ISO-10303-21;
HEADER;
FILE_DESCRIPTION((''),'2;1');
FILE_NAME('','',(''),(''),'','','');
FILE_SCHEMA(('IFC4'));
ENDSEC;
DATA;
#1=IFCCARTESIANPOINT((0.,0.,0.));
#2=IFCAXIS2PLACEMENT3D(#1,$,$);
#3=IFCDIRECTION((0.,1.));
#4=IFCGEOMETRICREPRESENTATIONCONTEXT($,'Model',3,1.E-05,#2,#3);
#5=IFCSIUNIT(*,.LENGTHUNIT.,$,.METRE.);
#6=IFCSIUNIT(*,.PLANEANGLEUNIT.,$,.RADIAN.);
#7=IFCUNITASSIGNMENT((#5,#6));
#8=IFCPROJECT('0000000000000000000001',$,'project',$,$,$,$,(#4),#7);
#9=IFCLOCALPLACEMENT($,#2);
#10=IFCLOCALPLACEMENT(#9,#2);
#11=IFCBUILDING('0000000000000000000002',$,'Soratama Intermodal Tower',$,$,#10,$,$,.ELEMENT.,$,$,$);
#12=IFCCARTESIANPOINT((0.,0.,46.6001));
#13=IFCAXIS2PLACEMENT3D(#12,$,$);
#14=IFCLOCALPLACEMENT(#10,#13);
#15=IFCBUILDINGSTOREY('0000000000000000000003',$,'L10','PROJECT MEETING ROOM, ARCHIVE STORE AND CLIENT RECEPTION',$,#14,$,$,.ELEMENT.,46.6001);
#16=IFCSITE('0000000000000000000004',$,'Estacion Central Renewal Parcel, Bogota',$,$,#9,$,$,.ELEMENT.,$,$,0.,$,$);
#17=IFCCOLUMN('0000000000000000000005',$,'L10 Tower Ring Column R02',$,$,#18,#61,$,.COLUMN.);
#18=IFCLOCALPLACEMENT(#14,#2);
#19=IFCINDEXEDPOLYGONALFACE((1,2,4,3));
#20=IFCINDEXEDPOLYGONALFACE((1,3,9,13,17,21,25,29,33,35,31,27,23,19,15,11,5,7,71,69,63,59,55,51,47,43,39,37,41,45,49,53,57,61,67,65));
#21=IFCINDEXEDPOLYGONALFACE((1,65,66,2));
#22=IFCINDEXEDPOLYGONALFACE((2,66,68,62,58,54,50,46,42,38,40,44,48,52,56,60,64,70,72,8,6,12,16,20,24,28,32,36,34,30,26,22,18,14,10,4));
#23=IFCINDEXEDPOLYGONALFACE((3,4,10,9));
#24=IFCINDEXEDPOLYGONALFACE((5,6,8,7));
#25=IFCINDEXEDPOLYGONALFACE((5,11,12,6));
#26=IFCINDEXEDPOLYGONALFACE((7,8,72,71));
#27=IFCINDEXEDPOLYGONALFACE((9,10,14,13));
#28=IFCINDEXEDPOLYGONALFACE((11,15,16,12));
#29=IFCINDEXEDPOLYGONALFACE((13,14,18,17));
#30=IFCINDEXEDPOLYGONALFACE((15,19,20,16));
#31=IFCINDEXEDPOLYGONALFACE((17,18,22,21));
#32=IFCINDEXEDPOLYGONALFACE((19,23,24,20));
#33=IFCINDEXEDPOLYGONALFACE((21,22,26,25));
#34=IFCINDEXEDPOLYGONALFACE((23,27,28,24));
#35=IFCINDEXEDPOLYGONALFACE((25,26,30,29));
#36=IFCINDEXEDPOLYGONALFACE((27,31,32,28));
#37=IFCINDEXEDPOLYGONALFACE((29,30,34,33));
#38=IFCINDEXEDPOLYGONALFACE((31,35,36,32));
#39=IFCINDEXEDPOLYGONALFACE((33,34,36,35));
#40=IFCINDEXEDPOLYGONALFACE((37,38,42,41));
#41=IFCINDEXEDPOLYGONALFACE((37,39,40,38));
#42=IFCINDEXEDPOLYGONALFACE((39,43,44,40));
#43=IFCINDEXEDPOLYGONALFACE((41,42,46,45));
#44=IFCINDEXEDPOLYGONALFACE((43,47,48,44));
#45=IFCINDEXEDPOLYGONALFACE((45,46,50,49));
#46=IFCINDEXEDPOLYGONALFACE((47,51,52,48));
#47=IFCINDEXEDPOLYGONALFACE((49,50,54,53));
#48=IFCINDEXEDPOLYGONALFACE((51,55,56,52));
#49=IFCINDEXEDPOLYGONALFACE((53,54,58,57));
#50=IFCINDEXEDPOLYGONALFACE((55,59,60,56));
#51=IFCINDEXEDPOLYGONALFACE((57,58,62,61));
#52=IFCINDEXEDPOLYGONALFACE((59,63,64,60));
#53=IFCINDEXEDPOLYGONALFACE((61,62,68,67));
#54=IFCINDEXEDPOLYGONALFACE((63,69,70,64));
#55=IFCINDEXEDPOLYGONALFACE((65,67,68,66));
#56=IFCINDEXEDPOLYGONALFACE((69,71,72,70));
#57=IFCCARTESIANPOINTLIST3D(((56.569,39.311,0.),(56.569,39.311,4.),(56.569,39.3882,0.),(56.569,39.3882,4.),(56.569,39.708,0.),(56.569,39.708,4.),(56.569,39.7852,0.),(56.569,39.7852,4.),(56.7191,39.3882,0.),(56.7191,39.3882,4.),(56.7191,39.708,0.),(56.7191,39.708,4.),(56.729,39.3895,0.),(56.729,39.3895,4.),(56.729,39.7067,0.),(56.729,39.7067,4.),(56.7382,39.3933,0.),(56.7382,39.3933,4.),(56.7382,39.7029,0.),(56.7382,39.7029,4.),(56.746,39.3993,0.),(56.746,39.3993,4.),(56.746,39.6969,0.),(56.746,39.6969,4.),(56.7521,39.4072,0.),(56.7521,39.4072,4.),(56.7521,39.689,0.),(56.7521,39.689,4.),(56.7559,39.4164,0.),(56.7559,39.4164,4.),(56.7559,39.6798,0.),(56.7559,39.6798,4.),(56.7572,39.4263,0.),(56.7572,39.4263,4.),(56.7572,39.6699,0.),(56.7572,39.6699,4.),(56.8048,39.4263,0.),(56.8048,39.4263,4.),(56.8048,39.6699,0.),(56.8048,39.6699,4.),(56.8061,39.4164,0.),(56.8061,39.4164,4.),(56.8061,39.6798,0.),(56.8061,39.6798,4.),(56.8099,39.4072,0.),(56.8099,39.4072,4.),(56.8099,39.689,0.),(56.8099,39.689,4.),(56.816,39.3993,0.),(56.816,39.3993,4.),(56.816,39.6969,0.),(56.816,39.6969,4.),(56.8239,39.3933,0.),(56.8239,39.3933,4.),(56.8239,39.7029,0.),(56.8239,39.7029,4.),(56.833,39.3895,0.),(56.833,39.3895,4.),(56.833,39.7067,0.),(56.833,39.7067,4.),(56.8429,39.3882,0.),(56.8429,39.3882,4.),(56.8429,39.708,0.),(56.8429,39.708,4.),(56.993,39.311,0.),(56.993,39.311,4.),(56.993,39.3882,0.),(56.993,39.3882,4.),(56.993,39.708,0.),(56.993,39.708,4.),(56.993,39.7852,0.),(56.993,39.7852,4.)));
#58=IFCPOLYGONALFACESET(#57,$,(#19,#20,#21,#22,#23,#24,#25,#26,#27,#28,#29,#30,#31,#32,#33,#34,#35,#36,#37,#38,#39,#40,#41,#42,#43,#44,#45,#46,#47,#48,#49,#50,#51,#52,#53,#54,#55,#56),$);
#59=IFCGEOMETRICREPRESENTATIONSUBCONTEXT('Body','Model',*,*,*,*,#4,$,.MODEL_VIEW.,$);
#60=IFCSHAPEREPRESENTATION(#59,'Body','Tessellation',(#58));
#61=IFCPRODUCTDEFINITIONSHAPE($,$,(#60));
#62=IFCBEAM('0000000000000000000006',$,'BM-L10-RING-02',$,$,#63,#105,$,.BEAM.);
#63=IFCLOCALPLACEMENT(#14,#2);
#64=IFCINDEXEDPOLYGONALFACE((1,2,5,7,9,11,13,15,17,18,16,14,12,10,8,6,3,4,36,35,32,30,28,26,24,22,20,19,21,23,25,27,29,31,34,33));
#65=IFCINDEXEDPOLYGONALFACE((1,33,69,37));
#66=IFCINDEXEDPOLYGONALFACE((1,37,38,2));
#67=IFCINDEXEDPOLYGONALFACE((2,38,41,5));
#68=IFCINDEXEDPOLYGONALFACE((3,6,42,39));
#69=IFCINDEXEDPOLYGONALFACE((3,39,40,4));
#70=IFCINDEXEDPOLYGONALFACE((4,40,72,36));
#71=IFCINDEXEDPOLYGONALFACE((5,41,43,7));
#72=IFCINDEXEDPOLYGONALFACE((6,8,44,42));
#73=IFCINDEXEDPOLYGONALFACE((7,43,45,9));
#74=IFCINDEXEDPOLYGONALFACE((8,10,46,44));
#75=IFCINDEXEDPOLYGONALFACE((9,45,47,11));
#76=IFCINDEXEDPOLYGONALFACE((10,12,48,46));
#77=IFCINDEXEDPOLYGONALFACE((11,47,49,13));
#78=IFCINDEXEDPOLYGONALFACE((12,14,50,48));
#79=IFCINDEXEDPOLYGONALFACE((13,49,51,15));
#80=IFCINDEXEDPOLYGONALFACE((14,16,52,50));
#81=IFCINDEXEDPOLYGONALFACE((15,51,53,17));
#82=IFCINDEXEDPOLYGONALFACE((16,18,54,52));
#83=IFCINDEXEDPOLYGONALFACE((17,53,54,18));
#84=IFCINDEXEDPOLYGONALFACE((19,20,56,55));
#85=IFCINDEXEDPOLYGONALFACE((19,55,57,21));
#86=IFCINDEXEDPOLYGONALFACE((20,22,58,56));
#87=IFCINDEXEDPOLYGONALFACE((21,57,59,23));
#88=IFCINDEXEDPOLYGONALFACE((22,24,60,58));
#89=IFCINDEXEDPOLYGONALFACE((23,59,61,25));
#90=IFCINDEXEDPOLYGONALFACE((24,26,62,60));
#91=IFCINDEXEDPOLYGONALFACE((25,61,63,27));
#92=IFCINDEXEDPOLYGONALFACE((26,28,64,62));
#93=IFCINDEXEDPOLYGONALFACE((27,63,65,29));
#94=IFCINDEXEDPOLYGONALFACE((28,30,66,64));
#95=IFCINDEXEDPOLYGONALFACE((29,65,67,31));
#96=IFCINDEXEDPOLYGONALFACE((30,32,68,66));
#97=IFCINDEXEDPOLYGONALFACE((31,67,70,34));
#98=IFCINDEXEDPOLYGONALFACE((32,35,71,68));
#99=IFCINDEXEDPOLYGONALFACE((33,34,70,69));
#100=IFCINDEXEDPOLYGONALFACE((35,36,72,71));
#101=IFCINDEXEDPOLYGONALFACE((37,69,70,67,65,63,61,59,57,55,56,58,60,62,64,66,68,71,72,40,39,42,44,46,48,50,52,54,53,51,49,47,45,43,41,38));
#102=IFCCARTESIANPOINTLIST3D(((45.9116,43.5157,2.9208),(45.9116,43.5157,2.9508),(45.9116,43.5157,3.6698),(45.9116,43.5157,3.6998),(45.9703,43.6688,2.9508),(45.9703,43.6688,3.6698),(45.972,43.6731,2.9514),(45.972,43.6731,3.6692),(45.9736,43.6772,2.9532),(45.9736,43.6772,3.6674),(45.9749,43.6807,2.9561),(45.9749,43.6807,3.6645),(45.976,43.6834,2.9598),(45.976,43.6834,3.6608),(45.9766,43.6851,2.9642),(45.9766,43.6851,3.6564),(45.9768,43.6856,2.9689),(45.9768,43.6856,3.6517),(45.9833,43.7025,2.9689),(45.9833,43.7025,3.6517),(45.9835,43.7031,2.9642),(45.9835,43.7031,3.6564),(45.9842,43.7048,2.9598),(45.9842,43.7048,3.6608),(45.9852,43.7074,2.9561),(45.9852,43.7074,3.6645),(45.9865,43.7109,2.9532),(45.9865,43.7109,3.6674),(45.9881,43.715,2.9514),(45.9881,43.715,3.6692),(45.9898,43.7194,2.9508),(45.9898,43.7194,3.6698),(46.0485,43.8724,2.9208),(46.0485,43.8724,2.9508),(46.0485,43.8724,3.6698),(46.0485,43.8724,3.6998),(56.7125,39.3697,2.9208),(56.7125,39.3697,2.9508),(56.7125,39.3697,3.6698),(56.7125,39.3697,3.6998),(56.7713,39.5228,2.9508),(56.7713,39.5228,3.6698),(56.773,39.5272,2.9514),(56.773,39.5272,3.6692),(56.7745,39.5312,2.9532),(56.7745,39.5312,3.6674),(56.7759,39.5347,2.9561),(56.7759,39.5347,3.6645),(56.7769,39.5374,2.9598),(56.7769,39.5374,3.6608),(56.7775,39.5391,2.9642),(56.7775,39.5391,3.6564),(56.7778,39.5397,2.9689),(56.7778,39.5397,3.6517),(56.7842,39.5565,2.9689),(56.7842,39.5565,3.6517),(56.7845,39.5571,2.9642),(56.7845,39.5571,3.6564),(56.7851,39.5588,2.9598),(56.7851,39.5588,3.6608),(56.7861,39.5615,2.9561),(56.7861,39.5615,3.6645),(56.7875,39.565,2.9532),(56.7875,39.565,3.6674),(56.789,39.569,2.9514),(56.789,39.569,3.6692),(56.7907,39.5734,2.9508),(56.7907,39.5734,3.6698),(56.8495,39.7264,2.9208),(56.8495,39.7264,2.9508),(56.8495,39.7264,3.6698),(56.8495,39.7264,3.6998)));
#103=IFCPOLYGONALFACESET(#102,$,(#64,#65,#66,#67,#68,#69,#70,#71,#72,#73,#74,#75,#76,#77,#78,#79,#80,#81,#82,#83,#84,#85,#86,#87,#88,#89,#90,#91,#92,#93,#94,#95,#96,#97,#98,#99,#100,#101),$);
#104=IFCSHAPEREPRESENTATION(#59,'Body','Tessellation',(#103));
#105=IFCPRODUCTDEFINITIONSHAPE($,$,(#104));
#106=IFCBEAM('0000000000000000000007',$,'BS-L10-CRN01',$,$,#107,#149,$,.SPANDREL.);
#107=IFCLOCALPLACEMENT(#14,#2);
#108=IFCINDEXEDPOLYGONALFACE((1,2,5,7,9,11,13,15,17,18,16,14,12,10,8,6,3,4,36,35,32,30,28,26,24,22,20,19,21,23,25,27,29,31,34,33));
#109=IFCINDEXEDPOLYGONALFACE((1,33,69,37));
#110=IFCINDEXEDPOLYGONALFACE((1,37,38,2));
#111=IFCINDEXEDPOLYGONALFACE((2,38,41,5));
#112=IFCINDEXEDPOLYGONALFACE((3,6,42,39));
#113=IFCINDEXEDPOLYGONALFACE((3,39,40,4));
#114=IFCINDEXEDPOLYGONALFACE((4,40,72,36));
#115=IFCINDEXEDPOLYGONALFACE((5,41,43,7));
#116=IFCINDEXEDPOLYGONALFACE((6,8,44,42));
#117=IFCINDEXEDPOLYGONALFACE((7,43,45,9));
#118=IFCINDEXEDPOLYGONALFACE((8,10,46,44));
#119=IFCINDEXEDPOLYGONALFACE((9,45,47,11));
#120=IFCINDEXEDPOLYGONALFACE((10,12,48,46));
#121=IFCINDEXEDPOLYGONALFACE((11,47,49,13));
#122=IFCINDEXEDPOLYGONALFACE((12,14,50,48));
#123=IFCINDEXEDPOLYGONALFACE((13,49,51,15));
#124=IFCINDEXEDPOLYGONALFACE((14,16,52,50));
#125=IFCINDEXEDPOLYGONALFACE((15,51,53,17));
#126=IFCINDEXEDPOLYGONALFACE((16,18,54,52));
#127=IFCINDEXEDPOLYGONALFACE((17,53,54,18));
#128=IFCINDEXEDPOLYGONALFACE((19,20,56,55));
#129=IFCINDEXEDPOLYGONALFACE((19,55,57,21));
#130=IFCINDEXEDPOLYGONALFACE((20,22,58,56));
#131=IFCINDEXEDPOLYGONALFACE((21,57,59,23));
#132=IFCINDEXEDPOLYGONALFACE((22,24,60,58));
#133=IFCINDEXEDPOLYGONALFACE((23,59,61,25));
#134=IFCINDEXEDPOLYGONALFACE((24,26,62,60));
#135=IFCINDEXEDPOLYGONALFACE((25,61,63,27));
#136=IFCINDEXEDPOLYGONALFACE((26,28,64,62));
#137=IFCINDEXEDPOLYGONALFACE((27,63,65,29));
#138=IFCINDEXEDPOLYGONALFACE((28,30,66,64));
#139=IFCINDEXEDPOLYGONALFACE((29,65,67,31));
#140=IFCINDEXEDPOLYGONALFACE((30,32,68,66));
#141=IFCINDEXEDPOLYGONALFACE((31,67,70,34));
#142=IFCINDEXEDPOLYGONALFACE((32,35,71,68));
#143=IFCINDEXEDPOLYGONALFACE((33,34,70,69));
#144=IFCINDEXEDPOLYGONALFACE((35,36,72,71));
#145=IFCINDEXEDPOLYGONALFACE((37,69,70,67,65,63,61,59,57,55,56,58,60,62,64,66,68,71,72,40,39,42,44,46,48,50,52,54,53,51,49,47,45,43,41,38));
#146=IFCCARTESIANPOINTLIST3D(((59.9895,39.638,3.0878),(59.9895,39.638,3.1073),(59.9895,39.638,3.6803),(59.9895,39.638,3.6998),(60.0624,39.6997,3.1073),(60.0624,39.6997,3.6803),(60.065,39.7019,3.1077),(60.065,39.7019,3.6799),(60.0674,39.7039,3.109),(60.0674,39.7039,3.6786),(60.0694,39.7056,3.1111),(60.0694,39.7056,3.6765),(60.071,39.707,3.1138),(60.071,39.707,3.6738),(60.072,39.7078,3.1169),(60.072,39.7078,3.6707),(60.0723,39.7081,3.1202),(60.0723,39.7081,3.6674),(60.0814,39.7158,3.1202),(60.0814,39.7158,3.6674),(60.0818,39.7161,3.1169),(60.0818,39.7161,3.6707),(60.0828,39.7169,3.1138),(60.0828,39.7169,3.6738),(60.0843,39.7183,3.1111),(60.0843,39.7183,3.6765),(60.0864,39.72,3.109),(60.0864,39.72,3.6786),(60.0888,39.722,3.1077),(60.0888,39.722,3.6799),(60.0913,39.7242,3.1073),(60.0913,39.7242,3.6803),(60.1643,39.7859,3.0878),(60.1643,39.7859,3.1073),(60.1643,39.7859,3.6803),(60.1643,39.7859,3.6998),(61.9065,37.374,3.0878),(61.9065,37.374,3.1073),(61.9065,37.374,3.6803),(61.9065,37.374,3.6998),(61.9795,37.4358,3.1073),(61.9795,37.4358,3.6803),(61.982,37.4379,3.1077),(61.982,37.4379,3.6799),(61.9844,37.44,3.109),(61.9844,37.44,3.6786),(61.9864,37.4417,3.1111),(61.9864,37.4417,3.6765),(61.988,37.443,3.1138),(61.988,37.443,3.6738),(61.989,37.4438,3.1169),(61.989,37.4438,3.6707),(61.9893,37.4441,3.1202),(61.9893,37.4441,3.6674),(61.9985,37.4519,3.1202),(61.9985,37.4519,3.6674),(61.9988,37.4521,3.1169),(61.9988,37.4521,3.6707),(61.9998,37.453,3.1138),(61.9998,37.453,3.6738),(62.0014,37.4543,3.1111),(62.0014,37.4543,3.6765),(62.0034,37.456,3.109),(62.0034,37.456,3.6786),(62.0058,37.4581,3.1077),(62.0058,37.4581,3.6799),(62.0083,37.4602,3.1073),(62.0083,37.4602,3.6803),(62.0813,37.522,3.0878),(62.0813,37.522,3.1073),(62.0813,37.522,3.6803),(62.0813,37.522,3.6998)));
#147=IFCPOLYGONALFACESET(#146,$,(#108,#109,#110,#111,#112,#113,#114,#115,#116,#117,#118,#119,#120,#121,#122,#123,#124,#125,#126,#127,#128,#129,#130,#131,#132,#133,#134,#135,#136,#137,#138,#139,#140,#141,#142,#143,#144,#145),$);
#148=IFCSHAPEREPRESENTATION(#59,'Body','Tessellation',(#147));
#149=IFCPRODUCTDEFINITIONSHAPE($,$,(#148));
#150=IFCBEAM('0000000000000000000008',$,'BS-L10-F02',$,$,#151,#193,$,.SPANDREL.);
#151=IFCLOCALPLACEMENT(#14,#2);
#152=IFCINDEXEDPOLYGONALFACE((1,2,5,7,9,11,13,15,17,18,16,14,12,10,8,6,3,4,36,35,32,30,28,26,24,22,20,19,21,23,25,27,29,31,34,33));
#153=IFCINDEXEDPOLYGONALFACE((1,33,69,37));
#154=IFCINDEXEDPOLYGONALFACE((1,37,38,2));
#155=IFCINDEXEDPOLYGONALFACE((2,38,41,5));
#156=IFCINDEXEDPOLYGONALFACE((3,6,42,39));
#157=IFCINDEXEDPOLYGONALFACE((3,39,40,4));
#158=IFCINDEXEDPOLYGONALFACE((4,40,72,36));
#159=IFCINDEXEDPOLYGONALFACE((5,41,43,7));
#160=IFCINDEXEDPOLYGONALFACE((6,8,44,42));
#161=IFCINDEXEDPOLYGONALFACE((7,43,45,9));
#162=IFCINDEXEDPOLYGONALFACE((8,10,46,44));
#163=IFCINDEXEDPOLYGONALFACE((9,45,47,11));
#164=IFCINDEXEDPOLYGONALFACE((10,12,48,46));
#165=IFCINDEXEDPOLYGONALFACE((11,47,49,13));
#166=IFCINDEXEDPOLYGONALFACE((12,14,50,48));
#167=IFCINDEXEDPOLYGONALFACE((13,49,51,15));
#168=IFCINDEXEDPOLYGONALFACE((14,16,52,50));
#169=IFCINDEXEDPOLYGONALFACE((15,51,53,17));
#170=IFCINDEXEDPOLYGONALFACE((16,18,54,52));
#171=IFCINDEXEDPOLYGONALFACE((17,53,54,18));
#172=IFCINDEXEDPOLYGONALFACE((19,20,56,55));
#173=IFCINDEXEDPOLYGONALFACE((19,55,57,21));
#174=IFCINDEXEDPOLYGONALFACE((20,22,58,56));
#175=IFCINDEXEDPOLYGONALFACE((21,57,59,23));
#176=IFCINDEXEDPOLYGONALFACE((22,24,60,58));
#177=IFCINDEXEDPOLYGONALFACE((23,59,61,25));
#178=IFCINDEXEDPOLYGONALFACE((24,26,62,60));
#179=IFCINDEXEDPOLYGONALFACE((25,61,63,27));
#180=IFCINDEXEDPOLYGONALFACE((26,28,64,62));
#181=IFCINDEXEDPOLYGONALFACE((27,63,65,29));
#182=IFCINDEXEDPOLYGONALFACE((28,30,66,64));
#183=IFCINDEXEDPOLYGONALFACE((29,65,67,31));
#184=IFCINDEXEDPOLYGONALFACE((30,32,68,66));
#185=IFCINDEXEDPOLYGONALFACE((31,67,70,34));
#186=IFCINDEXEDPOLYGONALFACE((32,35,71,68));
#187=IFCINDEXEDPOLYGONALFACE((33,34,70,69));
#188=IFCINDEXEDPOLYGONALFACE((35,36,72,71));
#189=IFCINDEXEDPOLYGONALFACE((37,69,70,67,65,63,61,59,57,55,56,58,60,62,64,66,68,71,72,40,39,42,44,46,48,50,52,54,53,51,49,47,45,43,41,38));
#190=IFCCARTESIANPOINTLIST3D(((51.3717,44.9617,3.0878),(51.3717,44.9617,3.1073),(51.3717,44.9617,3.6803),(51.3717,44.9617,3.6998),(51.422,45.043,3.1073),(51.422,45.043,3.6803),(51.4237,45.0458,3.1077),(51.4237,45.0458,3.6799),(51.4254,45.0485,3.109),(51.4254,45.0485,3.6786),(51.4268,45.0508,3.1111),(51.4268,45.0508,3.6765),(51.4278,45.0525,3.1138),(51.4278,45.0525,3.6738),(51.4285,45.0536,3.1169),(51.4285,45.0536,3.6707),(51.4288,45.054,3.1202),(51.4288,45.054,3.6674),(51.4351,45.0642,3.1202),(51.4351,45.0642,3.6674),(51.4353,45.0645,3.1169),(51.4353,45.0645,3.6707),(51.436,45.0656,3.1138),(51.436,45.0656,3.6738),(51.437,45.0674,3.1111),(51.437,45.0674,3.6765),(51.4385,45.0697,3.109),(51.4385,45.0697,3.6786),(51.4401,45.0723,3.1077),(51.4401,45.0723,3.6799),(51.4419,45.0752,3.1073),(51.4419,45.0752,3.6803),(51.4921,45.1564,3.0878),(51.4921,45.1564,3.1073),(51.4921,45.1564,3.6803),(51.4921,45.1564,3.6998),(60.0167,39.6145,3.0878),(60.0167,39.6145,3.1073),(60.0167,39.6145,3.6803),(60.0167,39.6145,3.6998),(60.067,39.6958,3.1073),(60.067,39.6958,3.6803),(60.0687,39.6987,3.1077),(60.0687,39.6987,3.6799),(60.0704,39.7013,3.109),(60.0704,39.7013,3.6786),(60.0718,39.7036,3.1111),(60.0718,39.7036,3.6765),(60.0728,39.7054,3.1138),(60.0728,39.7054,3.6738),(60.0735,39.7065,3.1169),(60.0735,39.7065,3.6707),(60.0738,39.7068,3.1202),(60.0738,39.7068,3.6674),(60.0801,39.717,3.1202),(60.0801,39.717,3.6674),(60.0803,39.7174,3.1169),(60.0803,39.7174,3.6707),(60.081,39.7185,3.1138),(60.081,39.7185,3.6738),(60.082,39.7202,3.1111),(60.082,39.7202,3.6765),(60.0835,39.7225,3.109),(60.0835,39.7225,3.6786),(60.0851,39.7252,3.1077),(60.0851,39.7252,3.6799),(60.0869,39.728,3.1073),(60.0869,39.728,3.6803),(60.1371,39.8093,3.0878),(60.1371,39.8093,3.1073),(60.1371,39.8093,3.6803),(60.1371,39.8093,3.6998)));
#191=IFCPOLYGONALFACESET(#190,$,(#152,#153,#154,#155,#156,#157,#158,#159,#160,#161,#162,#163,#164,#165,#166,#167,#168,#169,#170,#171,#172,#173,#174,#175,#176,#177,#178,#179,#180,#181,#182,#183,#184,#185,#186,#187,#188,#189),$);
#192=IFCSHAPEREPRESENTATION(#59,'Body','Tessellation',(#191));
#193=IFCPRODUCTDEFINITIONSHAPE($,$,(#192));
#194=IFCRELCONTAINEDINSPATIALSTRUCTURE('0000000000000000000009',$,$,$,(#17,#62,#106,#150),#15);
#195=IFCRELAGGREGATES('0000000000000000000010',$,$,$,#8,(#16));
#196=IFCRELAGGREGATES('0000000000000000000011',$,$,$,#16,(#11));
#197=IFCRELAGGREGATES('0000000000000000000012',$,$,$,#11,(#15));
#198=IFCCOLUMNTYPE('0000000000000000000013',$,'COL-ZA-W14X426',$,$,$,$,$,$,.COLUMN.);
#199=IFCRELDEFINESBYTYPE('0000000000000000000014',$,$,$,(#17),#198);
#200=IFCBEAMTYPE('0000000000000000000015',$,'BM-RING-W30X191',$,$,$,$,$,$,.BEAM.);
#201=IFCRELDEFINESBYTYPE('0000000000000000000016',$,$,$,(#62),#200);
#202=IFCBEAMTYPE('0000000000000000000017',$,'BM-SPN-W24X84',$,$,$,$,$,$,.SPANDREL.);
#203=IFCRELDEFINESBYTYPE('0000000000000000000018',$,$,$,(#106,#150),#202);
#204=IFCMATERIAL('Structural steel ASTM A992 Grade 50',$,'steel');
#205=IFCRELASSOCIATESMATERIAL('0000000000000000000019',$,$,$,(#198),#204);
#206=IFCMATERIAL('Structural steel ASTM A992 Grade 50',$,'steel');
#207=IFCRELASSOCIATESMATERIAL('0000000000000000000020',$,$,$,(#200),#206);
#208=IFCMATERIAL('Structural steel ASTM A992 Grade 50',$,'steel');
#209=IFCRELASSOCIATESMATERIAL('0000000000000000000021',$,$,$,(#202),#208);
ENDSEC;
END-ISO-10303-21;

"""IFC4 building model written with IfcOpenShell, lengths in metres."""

from ifc_helpers import new_model, si_unit, direction, frame, origin, origin_2d, place, context, subcontext, project, spatial, i_section, extrude, material, material_profile, profile_set, type_object, element, save


model = new_model("IFC4")

# Units and contexts
model_context = context("Model", 3, precision=1e-05, world=origin(), true_north=direction((0.0, 1.0)))
body_context = subcontext(model_context, "Body", "Model", "MODEL_VIEW")
ifc_project = project(units=[si_unit("LENGTHUNIT", "METRE"), si_unit("PLANEANGLEUNIT", "RADIAN")], contexts=[model_context])

# Site, building, storey
site_placement = place(None, origin())
site = spatial("IfcSite", under=ifc_project, at=site_placement, Name="Estacion Central Renewal Parcel, Bogota", CompositionType="ELEMENT", RefElevation=0.0)
building_placement = place(site_placement, origin())
building = spatial("IfcBuilding", under=site, at=building_placement, Name="Soratama Intermodal Tower", CompositionType="ELEMENT")
storey_placement = place(building_placement, frame((0.0, 0.0, 46.6001)))
storey = spatial("IfcBuildingStorey", under=building, at=storey_placement, Name="L10", Description="PROJECT MEETING ROOM, ARCHIVE STORE AND CLIENT RECEPTION", CompositionType="ELEMENT", Elevation=46.6001)

# Column
ifc_material_1 = material(Name="Structural steel ASTM A992 Grade 50", Category="steel")
ifc_material_profile_1 = material_profile(ifc_material_1, i_section(OverallWidth=0.4241, OverallDepth=0.4741, WebThickness=0.0476, FlangeThickness=0.0771, FilletRadius=0.0381, at=origin_2d()), Name="W14X426")
ifc_profile_set_1 = profile_set([ifc_material_profile_1], Name="Structural steel ASTM A992 Grade 50")
column_type = type_object("IfcColumnType", Name="COL-ZA-W14X426", PredefinedType="COLUMN", material=ifc_profile_set_1)
column_placement = place(storey_placement, frame((56.781, 39.5481, 0.0), z_axis=(0.0, 0.0, 1.0), x_axis=(1.0, 0.0, 0.0)))
element("IfcColumn", 1, at=column_placement, inside=storey, type_object=column_type, Name="L10 Tower Ring Column R02", PredefinedType="COLUMN", context=body_context, shape_type="SweptSolid", body=[
    extrude(i_section(OverallWidth=0.4241, OverallDepth=0.4741, WebThickness=0.0476, FlangeThickness=0.0771, FilletRadius=0.0381, at=origin_2d()), origin(), (0.0, 0.0, 1.0), 4.0),
])

# Beams
ifc_material_2 = material(Name="Structural steel ASTM A992 Grade 50", Category="steel")
ifc_material_profile_2 = material_profile(ifc_material_2, i_section(OverallWidth=0.3821, OverallDepth=0.7791, WebThickness=0.0181, FlangeThickness=0.03, FilletRadius=0.0181, at=origin_2d()), Name="W30X191")
ifc_profile_set_2 = profile_set([ifc_material_profile_2], Name="Structural steel ASTM A992 Grade 50")
beam_type_1 = type_object("IfcBeamType", Name="BM-RING-W30X191", PredefinedType="BEAM", material=ifc_profile_set_2)
beam_1_placement = place(storey_placement, frame((56.781, 39.5481, 3.3103), z_axis=(-0.933584, 0.358358, 0.0), x_axis=(-0.358358, -0.933584, 0.0)))
element("IfcBeam", 2, at=beam_1_placement, inside=storey, type_object=beam_type_1, Name="BM-L10-RING-02", PredefinedType="BEAM", context=body_context, shape_type="SweptSolid", body=[
    extrude(i_section(OverallWidth=0.3821, OverallDepth=0.7791, WebThickness=0.0181, FlangeThickness=0.03, FilletRadius=0.0181, at=origin_2d()), origin(), (0.0, 0.0, 1.0), 11.5693),
])
ifc_material_3 = material(Name="Structural steel ASTM A992 Grade 50", Category="steel")
ifc_material_profile_3 = material_profile(ifc_material_3, i_section(OverallWidth=0.229, OverallDepth=0.6121, WebThickness=0.012, FlangeThickness=0.0195, FilletRadius=0.0129, at=origin_2d()), Name="W24X84")
ifc_profile_set_3 = profile_set([ifc_material_profile_3], Name="Structural steel ASTM A992 Grade 50")
beam_type_2 = type_object("IfcBeamType", Name="BM-SPN-W24X84", PredefinedType="SPANDREL", material=ifc_profile_set_3)
beam_2_placement = place(storey_placement, frame((61.9939, 37.448, 3.3938), z_axis=(-0.646212, 0.763158, 0.0), x_axis=(-0.763158, -0.646212, 0.0)))
element("IfcBeam", 3, at=beam_2_placement, inside=storey, type_object=beam_type_2, Name="BS-L10-CRN01", PredefinedType="SPANDREL", context=body_context, shape_type="SweptSolid", body=[
    extrude(i_section(OverallWidth=0.229, OverallDepth=0.6121, WebThickness=0.012, FlangeThickness=0.0195, FilletRadius=0.0129, at=origin_2d()), origin(), (0.0, 0.0, 1.0), 2.9666),
])
beam_3_placement = place(storey_placement, frame((60.0769, 39.7119, 3.3938), z_axis=(-0.850464, 0.526034, 0.0), x_axis=(-0.526034, -0.850464, 0.0)))
element("IfcBeam", 4, at=beam_3_placement, inside=storey, type_object=beam_type_2, Name="BS-L10-F02", PredefinedType="SPANDREL", context=body_context, shape_type="SweptSolid", body=[
    extrude(i_section(OverallWidth=0.229, OverallDepth=0.6121, WebThickness=0.012, FlangeThickness=0.0195, FilletRadius=0.0129, at=origin_2d()), origin(), (0.0, 0.0, 1.0), 10.165),
])

save(model, "model.ifc")
